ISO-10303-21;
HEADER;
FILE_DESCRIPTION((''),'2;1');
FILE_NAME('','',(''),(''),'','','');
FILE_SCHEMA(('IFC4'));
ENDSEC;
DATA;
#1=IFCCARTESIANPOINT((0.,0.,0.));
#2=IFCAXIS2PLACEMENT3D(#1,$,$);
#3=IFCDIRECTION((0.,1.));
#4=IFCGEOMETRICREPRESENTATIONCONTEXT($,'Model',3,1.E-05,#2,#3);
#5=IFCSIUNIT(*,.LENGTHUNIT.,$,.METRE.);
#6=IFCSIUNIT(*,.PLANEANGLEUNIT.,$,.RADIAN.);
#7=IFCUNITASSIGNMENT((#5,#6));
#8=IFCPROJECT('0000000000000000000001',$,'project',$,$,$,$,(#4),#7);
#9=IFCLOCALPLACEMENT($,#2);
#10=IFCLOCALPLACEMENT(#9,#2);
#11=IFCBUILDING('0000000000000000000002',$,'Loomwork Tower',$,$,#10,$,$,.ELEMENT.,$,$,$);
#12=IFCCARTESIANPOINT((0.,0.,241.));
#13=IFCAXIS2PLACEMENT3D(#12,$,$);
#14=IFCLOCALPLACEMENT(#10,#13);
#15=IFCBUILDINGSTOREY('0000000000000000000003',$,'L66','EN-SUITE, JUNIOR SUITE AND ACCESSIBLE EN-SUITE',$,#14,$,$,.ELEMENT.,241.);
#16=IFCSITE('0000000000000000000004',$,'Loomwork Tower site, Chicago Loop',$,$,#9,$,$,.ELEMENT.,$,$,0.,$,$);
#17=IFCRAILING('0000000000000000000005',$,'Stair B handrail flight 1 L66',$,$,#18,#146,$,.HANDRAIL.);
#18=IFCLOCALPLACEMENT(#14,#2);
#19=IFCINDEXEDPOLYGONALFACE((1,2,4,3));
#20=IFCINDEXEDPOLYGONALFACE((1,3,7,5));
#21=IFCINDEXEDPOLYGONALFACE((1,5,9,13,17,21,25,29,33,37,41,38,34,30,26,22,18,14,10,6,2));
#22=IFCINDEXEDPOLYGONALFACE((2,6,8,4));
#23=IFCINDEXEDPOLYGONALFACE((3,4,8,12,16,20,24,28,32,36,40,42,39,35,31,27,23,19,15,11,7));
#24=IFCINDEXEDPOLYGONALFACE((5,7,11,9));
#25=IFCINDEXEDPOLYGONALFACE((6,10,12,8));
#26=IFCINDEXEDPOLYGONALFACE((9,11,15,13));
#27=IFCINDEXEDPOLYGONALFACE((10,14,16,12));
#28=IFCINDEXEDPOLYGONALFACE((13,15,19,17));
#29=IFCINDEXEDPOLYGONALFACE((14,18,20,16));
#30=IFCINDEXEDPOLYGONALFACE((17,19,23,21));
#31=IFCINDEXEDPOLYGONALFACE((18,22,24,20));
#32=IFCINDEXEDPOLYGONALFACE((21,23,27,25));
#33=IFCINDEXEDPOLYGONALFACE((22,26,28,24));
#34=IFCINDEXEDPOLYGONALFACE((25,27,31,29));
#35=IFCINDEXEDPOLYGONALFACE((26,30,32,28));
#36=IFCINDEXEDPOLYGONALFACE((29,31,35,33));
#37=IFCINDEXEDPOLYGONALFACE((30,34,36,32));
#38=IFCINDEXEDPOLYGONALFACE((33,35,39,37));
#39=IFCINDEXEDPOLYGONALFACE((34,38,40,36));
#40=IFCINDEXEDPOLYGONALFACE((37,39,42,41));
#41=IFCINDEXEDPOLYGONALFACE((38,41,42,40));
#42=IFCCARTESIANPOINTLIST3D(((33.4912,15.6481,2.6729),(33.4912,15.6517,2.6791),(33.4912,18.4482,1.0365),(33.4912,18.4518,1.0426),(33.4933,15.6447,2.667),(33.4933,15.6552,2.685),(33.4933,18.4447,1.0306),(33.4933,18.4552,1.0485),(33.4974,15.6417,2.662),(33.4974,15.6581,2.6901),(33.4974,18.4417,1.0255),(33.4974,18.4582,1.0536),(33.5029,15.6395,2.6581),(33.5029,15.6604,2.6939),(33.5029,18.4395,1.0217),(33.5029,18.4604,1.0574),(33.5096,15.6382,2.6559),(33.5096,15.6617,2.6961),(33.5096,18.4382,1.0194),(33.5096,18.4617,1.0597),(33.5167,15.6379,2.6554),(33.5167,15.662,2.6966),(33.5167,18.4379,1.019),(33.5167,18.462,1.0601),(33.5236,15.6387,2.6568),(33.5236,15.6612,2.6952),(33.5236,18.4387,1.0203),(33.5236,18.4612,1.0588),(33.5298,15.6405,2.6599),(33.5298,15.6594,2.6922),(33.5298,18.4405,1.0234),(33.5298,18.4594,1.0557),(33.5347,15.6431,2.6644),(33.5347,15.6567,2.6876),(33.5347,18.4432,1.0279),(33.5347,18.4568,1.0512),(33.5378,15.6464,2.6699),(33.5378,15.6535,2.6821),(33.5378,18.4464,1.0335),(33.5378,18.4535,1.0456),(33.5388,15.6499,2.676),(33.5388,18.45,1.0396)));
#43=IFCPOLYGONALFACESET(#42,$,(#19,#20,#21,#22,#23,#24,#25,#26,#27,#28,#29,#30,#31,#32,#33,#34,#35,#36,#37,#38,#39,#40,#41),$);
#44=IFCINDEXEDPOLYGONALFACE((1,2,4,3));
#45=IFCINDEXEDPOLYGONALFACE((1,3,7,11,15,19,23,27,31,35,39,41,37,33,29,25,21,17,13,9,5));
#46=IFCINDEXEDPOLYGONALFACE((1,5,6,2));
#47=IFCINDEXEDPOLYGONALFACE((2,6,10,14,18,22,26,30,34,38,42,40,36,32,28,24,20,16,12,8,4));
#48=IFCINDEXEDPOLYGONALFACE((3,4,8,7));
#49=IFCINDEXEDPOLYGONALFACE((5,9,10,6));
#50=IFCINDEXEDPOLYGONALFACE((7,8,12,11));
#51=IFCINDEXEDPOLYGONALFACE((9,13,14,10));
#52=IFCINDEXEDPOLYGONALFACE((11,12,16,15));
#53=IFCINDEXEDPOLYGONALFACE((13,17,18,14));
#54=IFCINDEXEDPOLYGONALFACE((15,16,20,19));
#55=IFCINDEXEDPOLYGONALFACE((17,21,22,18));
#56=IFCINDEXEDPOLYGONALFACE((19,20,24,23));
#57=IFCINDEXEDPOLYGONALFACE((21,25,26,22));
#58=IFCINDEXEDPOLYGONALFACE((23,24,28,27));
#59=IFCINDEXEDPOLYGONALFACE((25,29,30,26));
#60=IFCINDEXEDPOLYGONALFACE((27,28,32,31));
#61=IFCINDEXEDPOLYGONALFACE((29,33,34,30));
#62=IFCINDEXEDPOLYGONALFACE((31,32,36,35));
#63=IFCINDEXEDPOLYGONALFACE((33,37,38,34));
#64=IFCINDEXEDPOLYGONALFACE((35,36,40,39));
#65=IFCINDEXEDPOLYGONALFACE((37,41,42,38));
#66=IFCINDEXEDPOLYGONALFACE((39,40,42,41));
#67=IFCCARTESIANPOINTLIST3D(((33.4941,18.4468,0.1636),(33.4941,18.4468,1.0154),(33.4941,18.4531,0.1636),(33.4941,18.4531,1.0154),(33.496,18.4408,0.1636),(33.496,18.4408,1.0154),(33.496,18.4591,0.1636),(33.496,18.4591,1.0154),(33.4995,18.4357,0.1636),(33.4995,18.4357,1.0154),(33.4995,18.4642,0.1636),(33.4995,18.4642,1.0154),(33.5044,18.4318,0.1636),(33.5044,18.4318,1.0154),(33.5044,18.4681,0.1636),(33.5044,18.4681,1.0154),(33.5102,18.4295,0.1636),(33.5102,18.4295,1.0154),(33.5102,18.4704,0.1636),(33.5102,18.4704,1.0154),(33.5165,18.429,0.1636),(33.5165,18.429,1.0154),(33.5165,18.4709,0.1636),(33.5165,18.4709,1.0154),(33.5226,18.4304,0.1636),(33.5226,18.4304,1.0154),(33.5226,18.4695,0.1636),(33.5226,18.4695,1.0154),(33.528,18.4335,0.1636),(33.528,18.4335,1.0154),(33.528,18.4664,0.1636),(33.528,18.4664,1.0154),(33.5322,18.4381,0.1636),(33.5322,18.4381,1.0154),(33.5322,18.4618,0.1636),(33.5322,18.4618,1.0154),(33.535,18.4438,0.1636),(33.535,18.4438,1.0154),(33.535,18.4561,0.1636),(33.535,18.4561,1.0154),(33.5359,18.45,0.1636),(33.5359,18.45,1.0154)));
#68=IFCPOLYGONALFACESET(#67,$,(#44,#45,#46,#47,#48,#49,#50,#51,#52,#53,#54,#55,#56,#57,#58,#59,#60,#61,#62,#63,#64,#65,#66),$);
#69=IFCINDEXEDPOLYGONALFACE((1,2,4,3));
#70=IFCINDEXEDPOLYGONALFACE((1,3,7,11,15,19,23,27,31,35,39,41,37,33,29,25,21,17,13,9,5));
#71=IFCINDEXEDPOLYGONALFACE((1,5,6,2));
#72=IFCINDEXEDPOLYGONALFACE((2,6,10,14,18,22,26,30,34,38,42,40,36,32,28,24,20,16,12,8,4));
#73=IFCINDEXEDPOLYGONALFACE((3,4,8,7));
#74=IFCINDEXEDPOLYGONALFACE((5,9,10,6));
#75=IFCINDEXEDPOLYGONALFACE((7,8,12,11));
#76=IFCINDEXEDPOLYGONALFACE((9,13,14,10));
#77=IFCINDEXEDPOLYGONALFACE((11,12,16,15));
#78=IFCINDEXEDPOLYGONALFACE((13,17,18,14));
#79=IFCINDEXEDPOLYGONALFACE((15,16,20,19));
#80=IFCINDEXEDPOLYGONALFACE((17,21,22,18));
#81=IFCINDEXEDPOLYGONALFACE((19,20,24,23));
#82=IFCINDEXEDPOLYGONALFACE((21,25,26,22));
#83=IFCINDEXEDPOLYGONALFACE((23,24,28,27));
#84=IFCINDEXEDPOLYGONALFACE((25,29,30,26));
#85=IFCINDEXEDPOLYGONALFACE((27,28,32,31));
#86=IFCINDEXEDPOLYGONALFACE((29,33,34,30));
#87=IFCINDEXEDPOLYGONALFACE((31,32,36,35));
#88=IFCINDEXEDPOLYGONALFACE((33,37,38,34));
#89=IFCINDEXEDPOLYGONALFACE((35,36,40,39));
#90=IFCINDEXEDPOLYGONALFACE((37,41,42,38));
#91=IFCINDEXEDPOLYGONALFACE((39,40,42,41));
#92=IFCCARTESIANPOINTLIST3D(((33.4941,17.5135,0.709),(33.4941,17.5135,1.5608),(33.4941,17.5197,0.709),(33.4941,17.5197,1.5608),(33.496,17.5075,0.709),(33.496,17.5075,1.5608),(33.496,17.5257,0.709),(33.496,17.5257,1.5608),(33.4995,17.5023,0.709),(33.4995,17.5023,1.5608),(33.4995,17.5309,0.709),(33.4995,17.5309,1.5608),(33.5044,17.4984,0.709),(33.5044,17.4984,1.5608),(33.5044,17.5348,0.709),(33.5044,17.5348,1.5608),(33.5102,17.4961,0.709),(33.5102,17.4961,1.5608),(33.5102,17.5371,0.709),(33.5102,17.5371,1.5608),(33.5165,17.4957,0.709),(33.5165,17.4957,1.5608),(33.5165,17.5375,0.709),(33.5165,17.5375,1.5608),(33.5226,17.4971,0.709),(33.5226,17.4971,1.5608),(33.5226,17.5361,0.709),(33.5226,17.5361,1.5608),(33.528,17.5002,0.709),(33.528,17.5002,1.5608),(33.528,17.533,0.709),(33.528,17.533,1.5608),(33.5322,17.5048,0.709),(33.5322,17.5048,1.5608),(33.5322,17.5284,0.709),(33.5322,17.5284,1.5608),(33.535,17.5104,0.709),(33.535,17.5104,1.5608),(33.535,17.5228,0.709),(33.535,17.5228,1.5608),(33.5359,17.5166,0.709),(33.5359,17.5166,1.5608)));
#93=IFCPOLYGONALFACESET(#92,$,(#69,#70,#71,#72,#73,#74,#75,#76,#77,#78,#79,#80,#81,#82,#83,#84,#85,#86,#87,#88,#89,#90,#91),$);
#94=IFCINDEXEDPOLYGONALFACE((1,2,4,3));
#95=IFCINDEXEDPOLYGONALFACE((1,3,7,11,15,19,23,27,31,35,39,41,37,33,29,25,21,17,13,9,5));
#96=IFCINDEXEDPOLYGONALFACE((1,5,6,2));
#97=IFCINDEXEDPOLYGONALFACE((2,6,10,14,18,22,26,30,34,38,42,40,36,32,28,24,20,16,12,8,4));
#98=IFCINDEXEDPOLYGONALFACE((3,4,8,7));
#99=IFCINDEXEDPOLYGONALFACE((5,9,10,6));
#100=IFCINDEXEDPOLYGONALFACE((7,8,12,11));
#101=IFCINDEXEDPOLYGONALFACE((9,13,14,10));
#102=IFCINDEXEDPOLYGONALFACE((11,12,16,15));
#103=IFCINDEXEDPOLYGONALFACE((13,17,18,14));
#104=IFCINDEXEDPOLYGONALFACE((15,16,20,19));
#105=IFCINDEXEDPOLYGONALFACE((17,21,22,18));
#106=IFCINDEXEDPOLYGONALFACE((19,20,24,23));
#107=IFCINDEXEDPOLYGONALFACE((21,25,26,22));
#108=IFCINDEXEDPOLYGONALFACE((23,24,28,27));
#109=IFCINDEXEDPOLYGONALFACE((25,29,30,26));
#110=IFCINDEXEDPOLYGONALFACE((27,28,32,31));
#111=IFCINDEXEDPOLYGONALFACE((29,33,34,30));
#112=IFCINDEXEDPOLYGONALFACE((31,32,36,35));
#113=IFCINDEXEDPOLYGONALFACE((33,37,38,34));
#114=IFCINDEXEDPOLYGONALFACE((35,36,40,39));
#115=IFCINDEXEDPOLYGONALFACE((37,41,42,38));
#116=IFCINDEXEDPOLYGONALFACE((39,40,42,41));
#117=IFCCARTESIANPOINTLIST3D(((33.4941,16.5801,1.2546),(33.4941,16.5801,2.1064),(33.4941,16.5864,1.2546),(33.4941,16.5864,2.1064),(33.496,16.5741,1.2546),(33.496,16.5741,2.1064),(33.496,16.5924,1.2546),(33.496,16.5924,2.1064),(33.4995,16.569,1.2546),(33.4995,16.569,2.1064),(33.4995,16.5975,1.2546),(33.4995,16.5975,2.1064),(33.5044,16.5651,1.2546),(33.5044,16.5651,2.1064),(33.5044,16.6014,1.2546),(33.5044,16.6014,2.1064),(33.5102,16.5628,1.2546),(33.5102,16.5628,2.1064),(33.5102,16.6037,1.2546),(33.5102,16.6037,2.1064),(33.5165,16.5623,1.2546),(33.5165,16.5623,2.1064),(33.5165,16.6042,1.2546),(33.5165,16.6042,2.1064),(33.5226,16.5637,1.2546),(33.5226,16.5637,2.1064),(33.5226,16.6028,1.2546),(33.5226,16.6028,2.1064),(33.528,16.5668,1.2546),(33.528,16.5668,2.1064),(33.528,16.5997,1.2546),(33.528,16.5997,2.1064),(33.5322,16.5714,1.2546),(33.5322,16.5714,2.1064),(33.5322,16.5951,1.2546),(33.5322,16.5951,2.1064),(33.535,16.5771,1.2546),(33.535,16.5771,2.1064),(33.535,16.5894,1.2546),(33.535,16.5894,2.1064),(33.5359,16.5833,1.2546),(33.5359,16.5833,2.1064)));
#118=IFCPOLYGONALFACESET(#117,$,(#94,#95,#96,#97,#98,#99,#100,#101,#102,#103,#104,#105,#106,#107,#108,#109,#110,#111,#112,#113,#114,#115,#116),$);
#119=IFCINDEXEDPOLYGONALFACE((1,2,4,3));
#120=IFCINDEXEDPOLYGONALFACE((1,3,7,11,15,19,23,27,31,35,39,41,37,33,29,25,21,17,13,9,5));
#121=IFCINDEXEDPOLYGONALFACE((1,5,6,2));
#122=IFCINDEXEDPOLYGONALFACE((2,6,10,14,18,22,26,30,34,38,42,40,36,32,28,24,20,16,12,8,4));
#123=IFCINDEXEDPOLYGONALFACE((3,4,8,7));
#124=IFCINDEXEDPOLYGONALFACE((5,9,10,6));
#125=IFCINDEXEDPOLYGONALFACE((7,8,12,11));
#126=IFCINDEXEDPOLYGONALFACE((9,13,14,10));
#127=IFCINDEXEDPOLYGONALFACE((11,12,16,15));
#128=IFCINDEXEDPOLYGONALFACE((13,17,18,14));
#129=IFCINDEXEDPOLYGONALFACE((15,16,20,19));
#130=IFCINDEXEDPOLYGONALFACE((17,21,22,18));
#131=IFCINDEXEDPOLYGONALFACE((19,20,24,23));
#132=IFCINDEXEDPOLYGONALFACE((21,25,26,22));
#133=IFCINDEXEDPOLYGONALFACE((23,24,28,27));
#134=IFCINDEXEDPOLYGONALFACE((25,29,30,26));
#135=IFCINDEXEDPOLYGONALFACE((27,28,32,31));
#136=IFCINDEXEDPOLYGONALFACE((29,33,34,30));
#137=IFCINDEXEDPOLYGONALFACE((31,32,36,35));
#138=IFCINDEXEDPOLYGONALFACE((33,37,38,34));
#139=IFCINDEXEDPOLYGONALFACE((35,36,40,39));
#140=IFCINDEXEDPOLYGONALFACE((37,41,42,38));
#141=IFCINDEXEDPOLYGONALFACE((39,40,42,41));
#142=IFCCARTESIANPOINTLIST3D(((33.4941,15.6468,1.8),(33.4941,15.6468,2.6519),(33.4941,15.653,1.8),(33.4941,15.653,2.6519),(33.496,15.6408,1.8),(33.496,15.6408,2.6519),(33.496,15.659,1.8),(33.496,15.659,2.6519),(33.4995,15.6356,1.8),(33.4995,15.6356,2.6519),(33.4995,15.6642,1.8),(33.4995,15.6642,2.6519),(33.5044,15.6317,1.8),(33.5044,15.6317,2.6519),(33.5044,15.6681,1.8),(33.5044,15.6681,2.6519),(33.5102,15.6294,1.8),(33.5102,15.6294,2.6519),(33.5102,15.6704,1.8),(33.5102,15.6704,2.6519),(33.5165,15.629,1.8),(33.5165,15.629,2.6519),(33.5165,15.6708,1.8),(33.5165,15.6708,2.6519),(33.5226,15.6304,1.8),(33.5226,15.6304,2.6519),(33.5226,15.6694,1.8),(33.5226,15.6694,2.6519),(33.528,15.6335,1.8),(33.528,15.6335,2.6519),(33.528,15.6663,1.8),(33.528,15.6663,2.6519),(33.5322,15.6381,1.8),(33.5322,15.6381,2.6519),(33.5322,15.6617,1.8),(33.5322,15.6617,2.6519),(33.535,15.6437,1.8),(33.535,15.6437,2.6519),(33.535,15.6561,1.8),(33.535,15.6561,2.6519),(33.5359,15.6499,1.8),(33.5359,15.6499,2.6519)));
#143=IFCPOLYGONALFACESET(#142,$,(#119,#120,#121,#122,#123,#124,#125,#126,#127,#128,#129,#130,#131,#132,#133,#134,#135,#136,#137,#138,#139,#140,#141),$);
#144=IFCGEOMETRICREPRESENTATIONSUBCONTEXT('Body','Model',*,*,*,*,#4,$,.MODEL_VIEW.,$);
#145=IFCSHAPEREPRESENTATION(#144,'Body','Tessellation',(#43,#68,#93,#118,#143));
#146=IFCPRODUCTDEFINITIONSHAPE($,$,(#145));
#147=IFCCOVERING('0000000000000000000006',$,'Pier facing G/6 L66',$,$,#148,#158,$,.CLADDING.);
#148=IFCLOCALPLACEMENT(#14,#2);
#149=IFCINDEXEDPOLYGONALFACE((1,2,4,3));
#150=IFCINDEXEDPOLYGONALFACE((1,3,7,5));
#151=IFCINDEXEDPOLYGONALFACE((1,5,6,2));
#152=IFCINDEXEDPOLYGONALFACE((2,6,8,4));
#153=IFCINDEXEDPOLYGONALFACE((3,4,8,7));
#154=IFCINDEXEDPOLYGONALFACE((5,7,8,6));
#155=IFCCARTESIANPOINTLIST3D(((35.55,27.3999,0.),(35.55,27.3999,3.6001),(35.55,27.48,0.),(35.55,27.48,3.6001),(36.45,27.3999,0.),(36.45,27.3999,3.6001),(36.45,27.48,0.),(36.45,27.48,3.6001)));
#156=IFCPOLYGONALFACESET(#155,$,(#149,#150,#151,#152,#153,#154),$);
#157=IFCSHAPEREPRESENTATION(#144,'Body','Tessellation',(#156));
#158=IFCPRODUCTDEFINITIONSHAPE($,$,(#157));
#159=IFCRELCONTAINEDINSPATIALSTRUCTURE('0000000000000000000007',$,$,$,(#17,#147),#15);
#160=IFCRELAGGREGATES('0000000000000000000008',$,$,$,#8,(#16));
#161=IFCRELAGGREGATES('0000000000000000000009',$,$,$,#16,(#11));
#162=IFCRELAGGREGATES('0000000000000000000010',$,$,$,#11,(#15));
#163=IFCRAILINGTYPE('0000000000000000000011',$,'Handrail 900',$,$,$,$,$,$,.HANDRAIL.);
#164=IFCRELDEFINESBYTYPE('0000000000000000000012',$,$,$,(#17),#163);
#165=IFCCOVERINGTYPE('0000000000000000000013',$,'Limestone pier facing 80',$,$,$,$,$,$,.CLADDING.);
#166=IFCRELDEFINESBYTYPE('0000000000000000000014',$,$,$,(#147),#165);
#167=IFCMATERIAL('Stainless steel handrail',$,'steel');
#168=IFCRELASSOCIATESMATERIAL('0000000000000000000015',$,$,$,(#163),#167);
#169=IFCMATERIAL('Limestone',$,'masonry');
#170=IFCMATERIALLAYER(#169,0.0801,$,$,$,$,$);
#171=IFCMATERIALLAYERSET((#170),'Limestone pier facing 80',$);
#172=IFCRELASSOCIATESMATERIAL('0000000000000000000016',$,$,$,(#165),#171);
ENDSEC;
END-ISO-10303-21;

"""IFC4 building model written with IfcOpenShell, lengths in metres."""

from ifc_helpers import new_model, si_unit, direction, frame, origin, origin_2d, place, context, subcontext, project, spatial, rectangle, circle, extrude, material, layer, layer_set, type_object, element, save


model = new_model("IFC4")

# Units and contexts
model_context = context("Model", 3, precision=1e-05, world=origin(), true_north=direction((0.0, 1.0)))
body_context = subcontext(model_context, "Body", "Model", "MODEL_VIEW")
ifc_project = project(units=[si_unit("LENGTHUNIT", "METRE"), si_unit("PLANEANGLEUNIT", "RADIAN")], contexts=[model_context])

# Site, building, storey
site_placement = place(None, origin())
site = spatial("IfcSite", under=ifc_project, at=site_placement, Name="Loomwork Tower site, Chicago Loop", CompositionType="ELEMENT", RefElevation=0.0)
building_placement = place(site_placement, origin())
building = spatial("IfcBuilding", under=site, at=building_placement, Name="Loomwork Tower", CompositionType="ELEMENT")
storey_placement = place(building_placement, frame((0.0, 0.0, 241.0)))
storey = spatial("IfcBuildingStorey", under=building, at=storey_placement, Name="L66", Description="EN-SUITE, JUNIOR SUITE AND ACCESSIBLE EN-SUITE", CompositionType="ELEMENT", Elevation=241.0)

# Railing
ifc_material_1 = material(Name="Stainless steel handrail", Category="steel")
railing_type = type_object("IfcRailingType", Name="Handrail 900", PredefinedType="HANDRAIL", material=ifc_material_1)
railing_placement = place(storey_placement, frame((33.5149, 18.45, 0.1636)))
element("IfcRailing", 1, at=railing_placement, inside=storey, type_object=railing_type, Name="Stair B handrail flight 1 L66", PredefinedType="HANDRAIL", context=body_context, shape_type="SweptSolid", body=[
    extrude(circle(Radius=0.0239, at=origin_2d()), frame((0.0, 0.0, 0.876), z_axis=(0.0, -0.863361, 0.504587), x_axis=(1.0, 0.0, 0.0)), (0.0, 0.0, 1.0), 3.2432),
    extrude(circle(Radius=0.021, at=origin_2d()), origin(), (0.0, 0.0, 1.0), 0.8518),
    extrude(circle(Radius=0.021, at=origin_2d()), frame((0.0, -0.9333, 0.5454)), (0.0, 0.0, 1.0), 0.8518),
    extrude(circle(Radius=0.021, at=origin_2d()), frame((0.0, -1.8667, 1.0911)), (0.0, 0.0, 1.0), 0.8518),
    extrude(circle(Radius=0.021, at=origin_2d()), frame((0.0, -2.8, 1.6365)), (0.0, 0.0, 1.0), 0.8518),
])

# Covering
ifc_material_2 = material(Name="Limestone", Category="masonry")
ifc_layer_1 = layer(ifc_material_2, 0.0801)
ifc_layer_set_1 = layer_set([ifc_layer_1], Name="Limestone pier facing 80")
covering_type = type_object("IfcCoveringType", Name="Limestone pier facing 80", PredefinedType="CLADDING", material=ifc_layer_set_1)
covering_placement = place(storey_placement, frame((36.0, 27.4399, 0.0), z_axis=(0.0, 0.0, 1.0), x_axis=(1.0, 0.0, 0.0)))
element("IfcCovering", 2, at=covering_placement, inside=storey, type_object=covering_type, Name="Pier facing G/6 L66", PredefinedType="CLADDING", context=body_context, shape_type="SweptSolid", body=[
    extrude(rectangle(XDim=0.8999, YDim=0.0801, at=origin_2d()), origin(), (0.0, 0.0, 1.0), 3.6001),
])

save(model, "model.ifc")
